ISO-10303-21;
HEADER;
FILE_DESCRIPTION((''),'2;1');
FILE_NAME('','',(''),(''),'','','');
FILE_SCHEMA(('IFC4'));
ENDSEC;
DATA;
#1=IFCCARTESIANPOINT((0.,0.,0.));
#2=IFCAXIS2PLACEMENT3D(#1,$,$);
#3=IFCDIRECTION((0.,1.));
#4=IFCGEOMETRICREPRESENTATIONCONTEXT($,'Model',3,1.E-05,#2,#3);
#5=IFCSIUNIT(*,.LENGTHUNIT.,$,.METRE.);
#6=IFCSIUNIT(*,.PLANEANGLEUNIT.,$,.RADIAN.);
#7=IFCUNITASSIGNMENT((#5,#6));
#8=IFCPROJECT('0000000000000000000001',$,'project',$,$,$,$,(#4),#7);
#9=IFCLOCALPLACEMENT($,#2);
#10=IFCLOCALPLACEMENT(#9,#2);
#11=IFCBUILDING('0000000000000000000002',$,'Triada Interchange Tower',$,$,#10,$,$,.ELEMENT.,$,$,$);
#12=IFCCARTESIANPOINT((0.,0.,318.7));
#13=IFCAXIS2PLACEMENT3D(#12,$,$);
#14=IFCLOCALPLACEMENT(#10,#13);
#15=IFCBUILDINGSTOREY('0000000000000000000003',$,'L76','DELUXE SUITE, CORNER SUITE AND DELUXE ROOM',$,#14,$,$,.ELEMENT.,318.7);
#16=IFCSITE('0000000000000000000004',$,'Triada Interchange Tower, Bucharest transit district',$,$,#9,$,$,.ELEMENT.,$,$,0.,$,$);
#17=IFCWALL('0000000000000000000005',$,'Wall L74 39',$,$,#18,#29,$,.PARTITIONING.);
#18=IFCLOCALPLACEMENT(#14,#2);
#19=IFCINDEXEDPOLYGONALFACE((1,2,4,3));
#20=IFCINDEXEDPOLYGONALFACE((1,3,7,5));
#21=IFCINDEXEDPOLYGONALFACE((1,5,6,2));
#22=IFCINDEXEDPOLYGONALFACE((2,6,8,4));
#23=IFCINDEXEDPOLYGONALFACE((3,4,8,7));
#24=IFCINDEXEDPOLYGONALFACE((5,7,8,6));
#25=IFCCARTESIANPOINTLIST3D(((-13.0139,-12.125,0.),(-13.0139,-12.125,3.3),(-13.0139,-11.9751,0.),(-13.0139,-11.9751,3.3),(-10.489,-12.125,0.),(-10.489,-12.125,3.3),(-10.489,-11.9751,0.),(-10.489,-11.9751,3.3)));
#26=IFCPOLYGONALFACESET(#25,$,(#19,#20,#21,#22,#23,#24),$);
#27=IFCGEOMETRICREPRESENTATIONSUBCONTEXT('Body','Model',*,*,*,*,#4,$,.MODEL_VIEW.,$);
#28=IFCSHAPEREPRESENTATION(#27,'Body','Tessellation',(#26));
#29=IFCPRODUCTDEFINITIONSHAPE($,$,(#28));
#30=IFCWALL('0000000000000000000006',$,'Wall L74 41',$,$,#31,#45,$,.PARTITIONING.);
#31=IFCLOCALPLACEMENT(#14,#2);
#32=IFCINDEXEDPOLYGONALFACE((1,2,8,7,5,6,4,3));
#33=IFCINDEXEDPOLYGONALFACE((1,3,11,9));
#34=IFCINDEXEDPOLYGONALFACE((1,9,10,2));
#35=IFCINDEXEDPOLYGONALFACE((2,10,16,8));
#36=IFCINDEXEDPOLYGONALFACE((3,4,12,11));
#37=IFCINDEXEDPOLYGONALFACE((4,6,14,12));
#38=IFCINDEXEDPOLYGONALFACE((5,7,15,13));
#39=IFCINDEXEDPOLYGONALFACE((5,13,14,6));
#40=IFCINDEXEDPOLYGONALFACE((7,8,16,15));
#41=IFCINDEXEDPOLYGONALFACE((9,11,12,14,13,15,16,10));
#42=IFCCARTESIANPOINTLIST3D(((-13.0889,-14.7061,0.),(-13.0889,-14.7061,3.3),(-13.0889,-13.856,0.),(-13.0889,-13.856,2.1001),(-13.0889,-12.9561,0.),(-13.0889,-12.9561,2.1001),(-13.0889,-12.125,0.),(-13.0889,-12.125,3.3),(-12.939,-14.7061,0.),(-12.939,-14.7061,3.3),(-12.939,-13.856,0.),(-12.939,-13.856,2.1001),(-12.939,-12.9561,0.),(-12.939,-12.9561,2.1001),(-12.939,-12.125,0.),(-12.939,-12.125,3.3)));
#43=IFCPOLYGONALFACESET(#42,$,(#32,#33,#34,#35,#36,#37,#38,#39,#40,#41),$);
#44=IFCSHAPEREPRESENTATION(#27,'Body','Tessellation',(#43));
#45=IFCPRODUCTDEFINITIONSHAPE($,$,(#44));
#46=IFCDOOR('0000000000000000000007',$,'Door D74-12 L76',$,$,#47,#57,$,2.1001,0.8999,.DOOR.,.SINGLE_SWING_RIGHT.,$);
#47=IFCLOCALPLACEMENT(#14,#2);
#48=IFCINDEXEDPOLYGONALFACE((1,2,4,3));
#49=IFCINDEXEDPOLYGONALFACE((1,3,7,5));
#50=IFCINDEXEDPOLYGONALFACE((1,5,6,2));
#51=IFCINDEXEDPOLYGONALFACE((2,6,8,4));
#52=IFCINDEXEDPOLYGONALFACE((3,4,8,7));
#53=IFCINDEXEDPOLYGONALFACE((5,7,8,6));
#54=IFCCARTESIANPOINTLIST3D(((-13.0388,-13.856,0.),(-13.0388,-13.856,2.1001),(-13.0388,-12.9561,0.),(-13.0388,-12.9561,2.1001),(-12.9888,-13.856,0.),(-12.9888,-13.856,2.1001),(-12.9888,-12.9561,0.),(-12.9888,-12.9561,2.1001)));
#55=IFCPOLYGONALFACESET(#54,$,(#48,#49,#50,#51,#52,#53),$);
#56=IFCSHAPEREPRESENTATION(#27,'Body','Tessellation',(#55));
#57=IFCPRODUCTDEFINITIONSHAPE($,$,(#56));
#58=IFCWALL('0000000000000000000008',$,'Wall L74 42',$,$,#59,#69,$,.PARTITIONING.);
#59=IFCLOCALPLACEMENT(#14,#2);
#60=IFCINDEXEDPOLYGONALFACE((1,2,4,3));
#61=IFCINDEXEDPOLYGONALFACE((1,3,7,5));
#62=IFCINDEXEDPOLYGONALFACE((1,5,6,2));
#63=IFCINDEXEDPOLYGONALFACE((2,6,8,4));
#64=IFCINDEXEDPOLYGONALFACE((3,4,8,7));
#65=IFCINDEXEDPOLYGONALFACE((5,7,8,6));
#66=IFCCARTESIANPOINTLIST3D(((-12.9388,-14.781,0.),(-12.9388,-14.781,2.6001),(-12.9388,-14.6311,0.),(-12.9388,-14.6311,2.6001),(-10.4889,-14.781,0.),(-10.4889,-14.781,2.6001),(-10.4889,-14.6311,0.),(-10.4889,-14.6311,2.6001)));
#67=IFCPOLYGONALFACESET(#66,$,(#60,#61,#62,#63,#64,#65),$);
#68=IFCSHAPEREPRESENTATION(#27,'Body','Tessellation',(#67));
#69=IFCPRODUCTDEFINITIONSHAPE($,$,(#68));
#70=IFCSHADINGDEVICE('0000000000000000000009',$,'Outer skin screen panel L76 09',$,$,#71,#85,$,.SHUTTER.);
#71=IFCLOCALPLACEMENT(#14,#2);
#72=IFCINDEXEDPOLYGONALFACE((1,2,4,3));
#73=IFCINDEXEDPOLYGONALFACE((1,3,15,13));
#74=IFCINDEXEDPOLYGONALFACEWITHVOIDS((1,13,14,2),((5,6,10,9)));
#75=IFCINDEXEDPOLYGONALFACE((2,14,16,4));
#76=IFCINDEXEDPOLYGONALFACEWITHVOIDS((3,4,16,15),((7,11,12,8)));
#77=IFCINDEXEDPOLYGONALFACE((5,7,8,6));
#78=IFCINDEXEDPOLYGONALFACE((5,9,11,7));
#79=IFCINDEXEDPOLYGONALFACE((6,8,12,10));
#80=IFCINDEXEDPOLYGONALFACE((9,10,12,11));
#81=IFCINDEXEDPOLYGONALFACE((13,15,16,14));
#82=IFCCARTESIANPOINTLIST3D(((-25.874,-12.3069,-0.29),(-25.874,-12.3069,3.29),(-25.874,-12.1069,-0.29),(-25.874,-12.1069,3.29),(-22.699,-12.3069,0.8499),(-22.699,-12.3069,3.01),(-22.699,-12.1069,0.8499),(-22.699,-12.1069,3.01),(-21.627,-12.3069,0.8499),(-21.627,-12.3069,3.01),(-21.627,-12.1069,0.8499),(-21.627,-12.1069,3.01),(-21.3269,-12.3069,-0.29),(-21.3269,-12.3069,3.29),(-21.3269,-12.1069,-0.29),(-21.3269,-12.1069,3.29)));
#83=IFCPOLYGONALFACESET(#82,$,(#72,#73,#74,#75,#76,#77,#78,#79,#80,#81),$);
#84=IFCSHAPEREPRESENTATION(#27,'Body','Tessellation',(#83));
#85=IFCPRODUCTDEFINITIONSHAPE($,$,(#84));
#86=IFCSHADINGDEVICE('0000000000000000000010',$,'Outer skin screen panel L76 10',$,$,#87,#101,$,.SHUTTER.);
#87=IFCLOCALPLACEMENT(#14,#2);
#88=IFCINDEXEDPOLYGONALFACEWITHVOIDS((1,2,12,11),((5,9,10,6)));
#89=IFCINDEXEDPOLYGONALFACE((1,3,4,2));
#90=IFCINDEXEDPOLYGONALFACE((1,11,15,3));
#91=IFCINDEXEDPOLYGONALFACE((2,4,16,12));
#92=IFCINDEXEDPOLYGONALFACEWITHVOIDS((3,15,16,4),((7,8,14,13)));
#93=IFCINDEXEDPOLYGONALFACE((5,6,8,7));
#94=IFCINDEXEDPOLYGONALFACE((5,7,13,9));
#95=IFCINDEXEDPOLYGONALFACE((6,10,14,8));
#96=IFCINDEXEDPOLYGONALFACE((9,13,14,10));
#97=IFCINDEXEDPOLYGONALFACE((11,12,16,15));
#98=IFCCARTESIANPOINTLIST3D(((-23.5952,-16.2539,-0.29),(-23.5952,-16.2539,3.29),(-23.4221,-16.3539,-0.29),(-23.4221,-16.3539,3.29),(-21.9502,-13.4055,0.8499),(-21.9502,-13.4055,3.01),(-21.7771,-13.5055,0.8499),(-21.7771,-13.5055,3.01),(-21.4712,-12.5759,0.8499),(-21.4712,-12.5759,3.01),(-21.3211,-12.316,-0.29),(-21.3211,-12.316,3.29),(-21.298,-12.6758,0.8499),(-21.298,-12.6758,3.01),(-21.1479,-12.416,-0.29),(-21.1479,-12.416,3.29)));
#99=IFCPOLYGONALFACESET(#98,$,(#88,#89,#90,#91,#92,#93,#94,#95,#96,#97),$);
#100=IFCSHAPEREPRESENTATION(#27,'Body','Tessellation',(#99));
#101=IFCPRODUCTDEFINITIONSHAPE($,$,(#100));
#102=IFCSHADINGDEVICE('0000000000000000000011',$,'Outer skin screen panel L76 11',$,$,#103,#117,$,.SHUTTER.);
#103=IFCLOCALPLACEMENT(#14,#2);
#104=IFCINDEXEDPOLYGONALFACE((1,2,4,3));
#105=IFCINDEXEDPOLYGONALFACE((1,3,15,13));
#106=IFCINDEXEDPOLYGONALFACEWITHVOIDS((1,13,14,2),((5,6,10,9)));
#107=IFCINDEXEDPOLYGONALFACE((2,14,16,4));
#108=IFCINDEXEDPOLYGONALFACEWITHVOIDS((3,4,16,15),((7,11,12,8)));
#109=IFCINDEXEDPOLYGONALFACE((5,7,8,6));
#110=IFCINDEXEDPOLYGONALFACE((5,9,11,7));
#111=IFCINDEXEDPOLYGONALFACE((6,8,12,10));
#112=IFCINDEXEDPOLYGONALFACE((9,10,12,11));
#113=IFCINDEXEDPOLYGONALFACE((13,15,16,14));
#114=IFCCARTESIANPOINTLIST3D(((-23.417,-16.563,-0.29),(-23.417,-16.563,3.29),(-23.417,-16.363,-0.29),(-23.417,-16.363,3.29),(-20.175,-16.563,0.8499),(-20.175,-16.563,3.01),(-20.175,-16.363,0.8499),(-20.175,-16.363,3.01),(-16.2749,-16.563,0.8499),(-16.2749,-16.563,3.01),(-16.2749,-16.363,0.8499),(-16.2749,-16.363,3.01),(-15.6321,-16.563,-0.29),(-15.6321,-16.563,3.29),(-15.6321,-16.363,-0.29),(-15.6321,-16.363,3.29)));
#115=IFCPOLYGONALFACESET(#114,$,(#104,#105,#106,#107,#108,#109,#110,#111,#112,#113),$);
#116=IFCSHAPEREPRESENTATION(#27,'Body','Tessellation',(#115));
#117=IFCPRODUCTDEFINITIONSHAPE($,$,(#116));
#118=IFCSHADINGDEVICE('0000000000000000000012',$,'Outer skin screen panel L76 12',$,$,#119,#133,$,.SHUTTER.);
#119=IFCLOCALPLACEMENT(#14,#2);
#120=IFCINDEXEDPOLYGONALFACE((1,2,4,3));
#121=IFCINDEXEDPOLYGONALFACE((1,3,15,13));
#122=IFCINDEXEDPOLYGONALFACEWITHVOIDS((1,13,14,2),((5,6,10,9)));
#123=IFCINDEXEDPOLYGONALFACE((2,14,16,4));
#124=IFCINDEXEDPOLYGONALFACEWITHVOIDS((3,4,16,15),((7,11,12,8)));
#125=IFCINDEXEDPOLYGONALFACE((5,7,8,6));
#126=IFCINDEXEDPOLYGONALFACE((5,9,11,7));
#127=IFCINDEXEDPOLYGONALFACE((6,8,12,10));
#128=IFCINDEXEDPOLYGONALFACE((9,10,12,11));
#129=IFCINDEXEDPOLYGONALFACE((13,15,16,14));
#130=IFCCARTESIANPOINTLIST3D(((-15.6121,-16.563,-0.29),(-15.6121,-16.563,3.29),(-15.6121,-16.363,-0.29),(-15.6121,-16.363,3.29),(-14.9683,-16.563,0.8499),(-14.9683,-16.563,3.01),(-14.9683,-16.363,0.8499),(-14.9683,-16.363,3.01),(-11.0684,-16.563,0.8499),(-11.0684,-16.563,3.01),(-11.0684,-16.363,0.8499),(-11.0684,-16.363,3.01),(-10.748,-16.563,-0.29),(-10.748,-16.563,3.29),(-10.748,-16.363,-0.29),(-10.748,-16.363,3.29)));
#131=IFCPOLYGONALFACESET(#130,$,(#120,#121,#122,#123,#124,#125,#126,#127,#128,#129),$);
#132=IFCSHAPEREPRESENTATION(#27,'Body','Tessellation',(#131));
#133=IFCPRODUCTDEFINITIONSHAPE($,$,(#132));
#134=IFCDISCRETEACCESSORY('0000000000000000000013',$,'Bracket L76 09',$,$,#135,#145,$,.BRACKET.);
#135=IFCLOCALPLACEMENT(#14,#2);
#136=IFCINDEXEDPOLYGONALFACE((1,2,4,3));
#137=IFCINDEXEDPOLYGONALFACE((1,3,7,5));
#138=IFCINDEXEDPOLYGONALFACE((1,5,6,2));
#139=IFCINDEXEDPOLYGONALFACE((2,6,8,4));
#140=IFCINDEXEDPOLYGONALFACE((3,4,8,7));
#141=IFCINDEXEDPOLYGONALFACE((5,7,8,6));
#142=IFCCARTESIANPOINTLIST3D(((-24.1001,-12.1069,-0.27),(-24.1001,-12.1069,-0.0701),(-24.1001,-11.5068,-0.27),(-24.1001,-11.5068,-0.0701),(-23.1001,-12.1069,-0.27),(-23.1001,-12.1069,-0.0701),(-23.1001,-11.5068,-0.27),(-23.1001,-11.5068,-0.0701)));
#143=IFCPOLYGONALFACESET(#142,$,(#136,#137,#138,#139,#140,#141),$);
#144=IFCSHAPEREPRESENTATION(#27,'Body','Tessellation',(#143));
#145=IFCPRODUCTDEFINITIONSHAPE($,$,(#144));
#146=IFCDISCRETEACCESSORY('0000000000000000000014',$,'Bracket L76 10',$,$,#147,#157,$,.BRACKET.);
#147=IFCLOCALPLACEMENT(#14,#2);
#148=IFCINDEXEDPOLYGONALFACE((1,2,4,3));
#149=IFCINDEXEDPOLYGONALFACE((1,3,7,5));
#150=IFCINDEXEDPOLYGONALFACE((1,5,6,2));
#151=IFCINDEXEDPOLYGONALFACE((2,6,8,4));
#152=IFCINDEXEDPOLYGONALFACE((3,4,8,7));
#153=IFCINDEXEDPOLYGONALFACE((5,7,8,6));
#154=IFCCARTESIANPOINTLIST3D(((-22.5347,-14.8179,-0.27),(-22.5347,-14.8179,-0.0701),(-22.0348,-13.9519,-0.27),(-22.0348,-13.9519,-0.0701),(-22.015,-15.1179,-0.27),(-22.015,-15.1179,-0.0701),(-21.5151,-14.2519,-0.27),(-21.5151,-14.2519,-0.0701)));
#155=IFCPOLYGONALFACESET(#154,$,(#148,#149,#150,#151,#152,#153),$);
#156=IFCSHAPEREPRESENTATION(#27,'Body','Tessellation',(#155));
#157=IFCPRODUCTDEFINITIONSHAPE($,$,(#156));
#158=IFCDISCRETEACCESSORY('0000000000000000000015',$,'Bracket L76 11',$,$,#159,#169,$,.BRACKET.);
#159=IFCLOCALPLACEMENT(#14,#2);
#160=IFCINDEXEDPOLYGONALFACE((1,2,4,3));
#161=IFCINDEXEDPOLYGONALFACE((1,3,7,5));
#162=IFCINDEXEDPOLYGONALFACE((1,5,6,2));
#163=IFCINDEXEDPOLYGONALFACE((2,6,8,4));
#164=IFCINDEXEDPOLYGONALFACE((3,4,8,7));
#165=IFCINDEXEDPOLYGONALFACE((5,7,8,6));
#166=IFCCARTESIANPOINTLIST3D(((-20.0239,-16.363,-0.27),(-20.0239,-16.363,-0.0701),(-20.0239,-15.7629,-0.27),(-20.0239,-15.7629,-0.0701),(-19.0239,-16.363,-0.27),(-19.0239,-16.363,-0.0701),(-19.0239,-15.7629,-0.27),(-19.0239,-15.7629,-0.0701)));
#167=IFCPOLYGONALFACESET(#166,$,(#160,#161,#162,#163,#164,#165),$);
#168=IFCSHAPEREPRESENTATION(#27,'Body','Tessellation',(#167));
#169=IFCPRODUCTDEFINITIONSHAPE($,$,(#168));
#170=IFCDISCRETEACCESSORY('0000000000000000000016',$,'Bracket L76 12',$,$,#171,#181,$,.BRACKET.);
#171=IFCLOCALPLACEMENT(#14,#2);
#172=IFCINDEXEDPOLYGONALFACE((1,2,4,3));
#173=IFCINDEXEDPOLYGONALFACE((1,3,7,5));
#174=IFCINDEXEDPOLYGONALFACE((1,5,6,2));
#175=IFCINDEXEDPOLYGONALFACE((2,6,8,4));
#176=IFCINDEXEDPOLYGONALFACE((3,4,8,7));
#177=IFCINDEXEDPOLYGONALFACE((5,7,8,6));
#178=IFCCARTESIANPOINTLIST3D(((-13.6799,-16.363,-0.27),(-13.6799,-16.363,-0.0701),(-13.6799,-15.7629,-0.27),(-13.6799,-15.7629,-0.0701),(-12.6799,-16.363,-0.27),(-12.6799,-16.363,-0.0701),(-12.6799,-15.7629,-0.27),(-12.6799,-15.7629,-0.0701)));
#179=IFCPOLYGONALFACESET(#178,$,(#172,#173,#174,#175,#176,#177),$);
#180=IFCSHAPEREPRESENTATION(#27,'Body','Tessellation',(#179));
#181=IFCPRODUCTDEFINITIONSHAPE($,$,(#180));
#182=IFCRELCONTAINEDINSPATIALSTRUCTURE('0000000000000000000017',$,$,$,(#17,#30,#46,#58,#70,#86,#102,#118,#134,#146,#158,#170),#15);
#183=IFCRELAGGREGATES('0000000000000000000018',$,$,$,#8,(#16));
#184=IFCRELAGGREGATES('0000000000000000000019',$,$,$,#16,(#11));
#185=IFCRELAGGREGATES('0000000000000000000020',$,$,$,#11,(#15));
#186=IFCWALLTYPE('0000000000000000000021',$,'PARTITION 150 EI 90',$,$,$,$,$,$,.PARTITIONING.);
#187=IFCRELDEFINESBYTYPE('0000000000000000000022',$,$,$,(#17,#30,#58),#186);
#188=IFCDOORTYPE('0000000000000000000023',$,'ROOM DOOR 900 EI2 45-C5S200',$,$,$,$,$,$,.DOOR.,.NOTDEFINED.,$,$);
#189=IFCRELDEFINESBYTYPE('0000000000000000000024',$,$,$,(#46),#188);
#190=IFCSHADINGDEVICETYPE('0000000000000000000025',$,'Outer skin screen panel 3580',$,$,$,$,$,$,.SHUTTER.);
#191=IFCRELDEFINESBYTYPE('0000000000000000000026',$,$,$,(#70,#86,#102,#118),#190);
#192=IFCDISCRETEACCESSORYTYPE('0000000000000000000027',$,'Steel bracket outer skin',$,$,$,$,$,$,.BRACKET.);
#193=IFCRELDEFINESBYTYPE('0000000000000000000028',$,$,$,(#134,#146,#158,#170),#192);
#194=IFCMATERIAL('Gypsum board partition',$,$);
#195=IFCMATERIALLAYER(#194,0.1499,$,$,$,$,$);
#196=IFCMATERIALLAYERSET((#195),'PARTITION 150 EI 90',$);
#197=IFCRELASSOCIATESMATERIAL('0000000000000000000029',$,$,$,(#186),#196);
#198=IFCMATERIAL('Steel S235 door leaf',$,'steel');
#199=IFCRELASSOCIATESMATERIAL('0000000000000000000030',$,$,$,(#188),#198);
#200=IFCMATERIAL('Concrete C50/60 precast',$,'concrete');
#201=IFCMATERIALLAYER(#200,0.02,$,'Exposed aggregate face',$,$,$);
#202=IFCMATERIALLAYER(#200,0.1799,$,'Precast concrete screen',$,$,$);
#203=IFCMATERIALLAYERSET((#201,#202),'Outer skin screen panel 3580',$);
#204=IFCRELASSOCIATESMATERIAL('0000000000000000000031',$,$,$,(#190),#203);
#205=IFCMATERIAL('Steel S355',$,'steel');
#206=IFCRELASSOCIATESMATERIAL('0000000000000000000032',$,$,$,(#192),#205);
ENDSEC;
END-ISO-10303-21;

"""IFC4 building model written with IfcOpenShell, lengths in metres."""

from ifc_helpers import new_model, si_unit, direction, frame, frame_2d, origin, origin_2d, place, context, subcontext, project, spatial, polyline, rectangle, outline, extrude, material, layer, layer_set, type_object, element, fill, save


model = new_model("IFC4")

# Units and contexts
model_context = context("Model", 3, precision=1e-05, world=origin(), true_north=direction((0.0, 1.0)))
body_context = subcontext(model_context, "Body", "Model", "MODEL_VIEW")
ifc_project = project(units=[si_unit("LENGTHUNIT", "METRE"), si_unit("PLANEANGLEUNIT", "RADIAN")], contexts=[model_context])

# Site, building, storey
site_placement = place(None, origin())
site = spatial("IfcSite", under=ifc_project, at=site_placement, Name="Triada Interchange Tower, Bucharest transit district", CompositionType="ELEMENT", RefElevation=0.0)
building_placement = place(site_placement, origin())
building = spatial("IfcBuilding", under=site, at=building_placement, Name="Triada Interchange Tower", CompositionType="ELEMENT")
storey_placement = place(building_placement, frame((0.0, 0.0, 318.7)))
storey = spatial("IfcBuildingStorey", under=building, at=storey_placement, Name="L76", Description="DELUXE SUITE, CORNER SUITE AND DELUXE ROOM", CompositionType="ELEMENT", Elevation=318.7)

# Wall
ifc_material_1 = material(Name="Gypsum board partition")
ifc_layer_1 = layer(ifc_material_1, 0.1499)
ifc_layer_set_1 = layer_set([ifc_layer_1], Name="PARTITION 150 EI 90")
wall_type_1 = type_object("IfcWallType", Name="PARTITION 150 EI 90", PredefinedType="PARTITIONING", material=ifc_layer_set_1)
wall_1_placement = place(storey_placement, frame((-13.0139, -12.05, 0.0), z_axis=(0.0, 0.0, 1.0), x_axis=(1.0, 0.0, 0.0)))
element("IfcWall", 1, at=wall_1_placement, inside=storey, type_object=wall_type_1, Name="Wall L74 39", PredefinedType="PARTITIONING", context=body_context, shape_type="SweptSolid", body=[
    extrude(rectangle(XDim=2.5249, YDim=0.1499, at=frame_2d((1.2625, 0.0))), origin(), (0.0, 0.0, 1.0), 3.3),
])

# Wall, opening, door
wall_2_placement = place(storey_placement, frame((-13.0139, -14.7061, 0.0), z_axis=(0.0, 0.0, 1.0), x_axis=(0.0, 1.0, 0.0)))
wall_2 = element("IfcWall", 2, at=wall_2_placement, inside=storey, type_object=wall_type_1, Name="Wall L74 41", PredefinedType="PARTITIONING", context=body_context, shape_type="SweptSolid", body=[
    extrude(rectangle(XDim=2.5811, YDim=0.1499, at=frame_2d((1.2905, 0.0))), origin(), (0.0, 0.0, 1.0), 3.3),
])
opening_1_placement = place(wall_2_placement, frame((0.8501, 0.0, 0.0)))
opening_1 = element("IfcOpeningElement", 3, at=opening_1_placement, cuts=wall_2, PredefinedType="OPENING", context=body_context, shape_type="SweptSolid", body=[
    extrude(rectangle(XDim=0.8999, YDim=2.1001, at=frame_2d((0.45, 1.05))), frame((0.0, 0.085, 0.0), z_axis=(0.0, -1.0, 0.0), x_axis=(1.0, 0.0, 0.0)), (0.0, 0.0, 1.0), 0.1699),
])
ifc_material_2 = material(Name="Steel S235 door leaf", Category="steel")
door_type = type_object("IfcDoorType", Name="ROOM DOOR 900 EI2 45-C5S200", OperationType="NOTDEFINED", PredefinedType="DOOR", material=ifc_material_2)
door_placement = place(opening_1_placement, origin())
door = element("IfcDoor", 4, at=door_placement, inside=storey, type_object=door_type, Name="Door D74-12 L76", OperationType="SINGLE_SWING_RIGHT", OverallHeight=2.1001, OverallWidth=0.8999, PredefinedType="DOOR", context=body_context, shape_type="SweptSolid", body=[
    extrude(rectangle(XDim=0.8999, YDim=2.1001, at=frame_2d((0.45, 1.05))), frame((0.0, 0.0249, 0.0), z_axis=(0.0, -1.0, 0.0), x_axis=(1.0, 0.0, 0.0)), (0.0, 0.0, 1.0), 0.05),
])
fill(opening_1, door)

# Wall
wall_3_placement = place(storey_placement, frame((-12.939, -14.7061, 0.0), z_axis=(0.0, 0.0, 1.0), x_axis=(1.0, 0.0, 0.0)))
element("IfcWall", 5, at=wall_3_placement, inside=storey, type_object=wall_type_1, Name="Wall L74 42", PredefinedType="PARTITIONING", context=body_context, shape_type="SweptSolid", body=[
    extrude(rectangle(XDim=2.45, YDim=0.1499, at=frame_2d((1.2251, 0.0))), origin(), (0.0, 0.0, 1.0), 2.6001),
])

# Shading devices
ifc_material_3 = material(Name="Concrete C50/60 precast", Category="concrete")
ifc_layer_2 = layer(ifc_material_3, 0.02, Name="Exposed aggregate face")
ifc_layer_3 = layer(ifc_material_3, 0.1799, Name="Precast concrete screen")
ifc_layer_set_2 = layer_set([ifc_layer_2, ifc_layer_3], Name="Outer skin screen panel 3580")
shading_device_type = type_object("IfcShadingDeviceType", Name="Outer skin screen panel 3580", PredefinedType="SHUTTER", material=ifc_layer_set_2)
shading_device_1_placement = place(storey_placement, frame((-25.874, -12.1069, -0.29), z_axis=(0.0, 0.0, 1.0), x_axis=(1.0, 0.0, 0.0)))
element("IfcShadingDevice", 6, at=shading_device_1_placement, inside=storey, type_object=shading_device_type, Name="Outer skin screen panel L76 09", PredefinedType="SHUTTER", context=body_context, shape_type="SweptSolid", body=[
    extrude(outline(polyline([(0.0, 0.0), (4.5471, 0.0), (4.5471, 3.5801), (0.0, 3.5801), (0.0, 0.0)]), holes=[polyline([(3.175, 1.1399), (3.175, 3.3), (4.2471, 3.3), (4.2471, 1.1399), (3.175, 1.1399)])]), frame((0.0, 0.0, 0.0), z_axis=(0.0, -1.0, 0.0), x_axis=(1.0, 0.0, 0.0)), (0.0, 0.0, 1.0), 0.2),
])
shading_device_2_placement = place(storey_placement, frame((-21.1479, -12.416, -0.29), z_axis=(0.0, 0.0, 1.0), x_axis=(-0.500094, -0.865971, 0.0)))
element("IfcShadingDevice", 7, at=shading_device_2_placement, inside=storey, type_object=shading_device_type, Name="Outer skin screen panel L76 10", PredefinedType="SHUTTER", context=body_context, shape_type="SweptSolid", body=[
    extrude(outline(polyline([(0.0, 0.0), (4.5474, 0.0), (4.5474, 3.5801), (0.0, 3.5801), (0.0, 0.0)]), holes=[polyline([(0.3, 1.1399), (0.3, 3.3), (1.2581, 3.3), (1.2581, 1.1399), (0.3, 1.1399)])]), frame((0.0, 0.0, 0.0), z_axis=(0.0, -1.0, 0.0), x_axis=(1.0, 0.0, 0.0)), (0.0, 0.0, 1.0), 0.2),
])
shading_device_3_placement = place(storey_placement, frame((-23.417, -16.363, -0.29), z_axis=(0.0, 0.0, 1.0), x_axis=(1.0, 0.0, 0.0)))
element("IfcShadingDevice", 8, at=shading_device_3_placement, inside=storey, type_object=shading_device_type, Name="Outer skin screen panel L76 11", PredefinedType="SHUTTER", context=body_context, shape_type="SweptSolid", body=[
    extrude(outline(polyline([(0.0, 0.0), (7.7849, 0.0), (7.7849, 3.5801), (0.0, 3.5801), (0.0, 0.0)]), holes=[polyline([(3.2419, 1.1399), (3.2419, 3.3), (7.1421, 3.3), (7.1421, 1.1399), (3.2419, 1.1399)])]), frame((0.0, 0.0, 0.0), z_axis=(0.0, -1.0, 0.0), x_axis=(1.0, 0.0, 0.0)), (0.0, 0.0, 1.0), 0.2),
])
shading_device_4_placement = place(storey_placement, frame((-15.6121, -16.363, -0.29), z_axis=(0.0, 0.0, 1.0), x_axis=(1.0, 0.0, 0.0)))
element("IfcShadingDevice", 9, at=shading_device_4_placement, inside=storey, type_object=shading_device_type, Name="Outer skin screen panel L76 12", PredefinedType="SHUTTER", context=body_context, shape_type="SweptSolid", body=[
    extrude(outline(polyline([(0.0, 0.0), (4.864, 0.0), (4.864, 3.5801), (0.0, 3.5801), (0.0, 0.0)]), holes=[polyline([(0.6438, 1.1399), (0.6438, 3.3), (4.5437, 3.3), (4.5437, 1.1399), (0.6438, 1.1399)])]), frame((0.0, 0.0, 0.0), z_axis=(0.0, -1.0, 0.0), x_axis=(1.0, 0.0, 0.0)), (0.0, 0.0, 1.0), 0.2),
])

# Discrete accessories
ifc_material_4 = material(Name="Steel S355", Category="steel")
discrete_accessory_type = type_object("IfcDiscreteAccessoryType", Name="Steel bracket outer skin", PredefinedType="BRACKET", material=ifc_material_4)
for number, where, z_axis, x_axis, name in (
    (10, (-23.6001, -11.8069, -0.27), (0.0, 0.0, 1.0), (0.0, -1.0, 0.0), "Bracket L76 09"),
    (11, (-22.0249, -14.5349, -0.27), (0.0, 0.0, 1.0), (-0.866043, 0.499969, 0.0), "Bracket L76 10"),
    (12, (-19.5239, -16.063, -0.27), (0.0, 0.0, 1.0), (0.0, -1.0, 0.0), "Bracket L76 11"),
    (13, (-13.1799, -16.063, -0.27), (0.0, 0.0, 1.0), (0.0, -1.0, 0.0), "Bracket L76 12"),
):
    element("IfcDiscreteAccessory", number, at=place(storey_placement, frame(where, z_axis=z_axis, x_axis=x_axis)), inside=storey, type_object=discrete_accessory_type, Name=name, PredefinedType="BRACKET", context=body_context, shape_type="SweptSolid", body=[
        extrude(rectangle(XDim=0.6001, YDim=1.0, at=origin_2d()), origin(), (0.0, 0.0, 1.0), 0.2),
    ])

save(model, "model.ifc")
